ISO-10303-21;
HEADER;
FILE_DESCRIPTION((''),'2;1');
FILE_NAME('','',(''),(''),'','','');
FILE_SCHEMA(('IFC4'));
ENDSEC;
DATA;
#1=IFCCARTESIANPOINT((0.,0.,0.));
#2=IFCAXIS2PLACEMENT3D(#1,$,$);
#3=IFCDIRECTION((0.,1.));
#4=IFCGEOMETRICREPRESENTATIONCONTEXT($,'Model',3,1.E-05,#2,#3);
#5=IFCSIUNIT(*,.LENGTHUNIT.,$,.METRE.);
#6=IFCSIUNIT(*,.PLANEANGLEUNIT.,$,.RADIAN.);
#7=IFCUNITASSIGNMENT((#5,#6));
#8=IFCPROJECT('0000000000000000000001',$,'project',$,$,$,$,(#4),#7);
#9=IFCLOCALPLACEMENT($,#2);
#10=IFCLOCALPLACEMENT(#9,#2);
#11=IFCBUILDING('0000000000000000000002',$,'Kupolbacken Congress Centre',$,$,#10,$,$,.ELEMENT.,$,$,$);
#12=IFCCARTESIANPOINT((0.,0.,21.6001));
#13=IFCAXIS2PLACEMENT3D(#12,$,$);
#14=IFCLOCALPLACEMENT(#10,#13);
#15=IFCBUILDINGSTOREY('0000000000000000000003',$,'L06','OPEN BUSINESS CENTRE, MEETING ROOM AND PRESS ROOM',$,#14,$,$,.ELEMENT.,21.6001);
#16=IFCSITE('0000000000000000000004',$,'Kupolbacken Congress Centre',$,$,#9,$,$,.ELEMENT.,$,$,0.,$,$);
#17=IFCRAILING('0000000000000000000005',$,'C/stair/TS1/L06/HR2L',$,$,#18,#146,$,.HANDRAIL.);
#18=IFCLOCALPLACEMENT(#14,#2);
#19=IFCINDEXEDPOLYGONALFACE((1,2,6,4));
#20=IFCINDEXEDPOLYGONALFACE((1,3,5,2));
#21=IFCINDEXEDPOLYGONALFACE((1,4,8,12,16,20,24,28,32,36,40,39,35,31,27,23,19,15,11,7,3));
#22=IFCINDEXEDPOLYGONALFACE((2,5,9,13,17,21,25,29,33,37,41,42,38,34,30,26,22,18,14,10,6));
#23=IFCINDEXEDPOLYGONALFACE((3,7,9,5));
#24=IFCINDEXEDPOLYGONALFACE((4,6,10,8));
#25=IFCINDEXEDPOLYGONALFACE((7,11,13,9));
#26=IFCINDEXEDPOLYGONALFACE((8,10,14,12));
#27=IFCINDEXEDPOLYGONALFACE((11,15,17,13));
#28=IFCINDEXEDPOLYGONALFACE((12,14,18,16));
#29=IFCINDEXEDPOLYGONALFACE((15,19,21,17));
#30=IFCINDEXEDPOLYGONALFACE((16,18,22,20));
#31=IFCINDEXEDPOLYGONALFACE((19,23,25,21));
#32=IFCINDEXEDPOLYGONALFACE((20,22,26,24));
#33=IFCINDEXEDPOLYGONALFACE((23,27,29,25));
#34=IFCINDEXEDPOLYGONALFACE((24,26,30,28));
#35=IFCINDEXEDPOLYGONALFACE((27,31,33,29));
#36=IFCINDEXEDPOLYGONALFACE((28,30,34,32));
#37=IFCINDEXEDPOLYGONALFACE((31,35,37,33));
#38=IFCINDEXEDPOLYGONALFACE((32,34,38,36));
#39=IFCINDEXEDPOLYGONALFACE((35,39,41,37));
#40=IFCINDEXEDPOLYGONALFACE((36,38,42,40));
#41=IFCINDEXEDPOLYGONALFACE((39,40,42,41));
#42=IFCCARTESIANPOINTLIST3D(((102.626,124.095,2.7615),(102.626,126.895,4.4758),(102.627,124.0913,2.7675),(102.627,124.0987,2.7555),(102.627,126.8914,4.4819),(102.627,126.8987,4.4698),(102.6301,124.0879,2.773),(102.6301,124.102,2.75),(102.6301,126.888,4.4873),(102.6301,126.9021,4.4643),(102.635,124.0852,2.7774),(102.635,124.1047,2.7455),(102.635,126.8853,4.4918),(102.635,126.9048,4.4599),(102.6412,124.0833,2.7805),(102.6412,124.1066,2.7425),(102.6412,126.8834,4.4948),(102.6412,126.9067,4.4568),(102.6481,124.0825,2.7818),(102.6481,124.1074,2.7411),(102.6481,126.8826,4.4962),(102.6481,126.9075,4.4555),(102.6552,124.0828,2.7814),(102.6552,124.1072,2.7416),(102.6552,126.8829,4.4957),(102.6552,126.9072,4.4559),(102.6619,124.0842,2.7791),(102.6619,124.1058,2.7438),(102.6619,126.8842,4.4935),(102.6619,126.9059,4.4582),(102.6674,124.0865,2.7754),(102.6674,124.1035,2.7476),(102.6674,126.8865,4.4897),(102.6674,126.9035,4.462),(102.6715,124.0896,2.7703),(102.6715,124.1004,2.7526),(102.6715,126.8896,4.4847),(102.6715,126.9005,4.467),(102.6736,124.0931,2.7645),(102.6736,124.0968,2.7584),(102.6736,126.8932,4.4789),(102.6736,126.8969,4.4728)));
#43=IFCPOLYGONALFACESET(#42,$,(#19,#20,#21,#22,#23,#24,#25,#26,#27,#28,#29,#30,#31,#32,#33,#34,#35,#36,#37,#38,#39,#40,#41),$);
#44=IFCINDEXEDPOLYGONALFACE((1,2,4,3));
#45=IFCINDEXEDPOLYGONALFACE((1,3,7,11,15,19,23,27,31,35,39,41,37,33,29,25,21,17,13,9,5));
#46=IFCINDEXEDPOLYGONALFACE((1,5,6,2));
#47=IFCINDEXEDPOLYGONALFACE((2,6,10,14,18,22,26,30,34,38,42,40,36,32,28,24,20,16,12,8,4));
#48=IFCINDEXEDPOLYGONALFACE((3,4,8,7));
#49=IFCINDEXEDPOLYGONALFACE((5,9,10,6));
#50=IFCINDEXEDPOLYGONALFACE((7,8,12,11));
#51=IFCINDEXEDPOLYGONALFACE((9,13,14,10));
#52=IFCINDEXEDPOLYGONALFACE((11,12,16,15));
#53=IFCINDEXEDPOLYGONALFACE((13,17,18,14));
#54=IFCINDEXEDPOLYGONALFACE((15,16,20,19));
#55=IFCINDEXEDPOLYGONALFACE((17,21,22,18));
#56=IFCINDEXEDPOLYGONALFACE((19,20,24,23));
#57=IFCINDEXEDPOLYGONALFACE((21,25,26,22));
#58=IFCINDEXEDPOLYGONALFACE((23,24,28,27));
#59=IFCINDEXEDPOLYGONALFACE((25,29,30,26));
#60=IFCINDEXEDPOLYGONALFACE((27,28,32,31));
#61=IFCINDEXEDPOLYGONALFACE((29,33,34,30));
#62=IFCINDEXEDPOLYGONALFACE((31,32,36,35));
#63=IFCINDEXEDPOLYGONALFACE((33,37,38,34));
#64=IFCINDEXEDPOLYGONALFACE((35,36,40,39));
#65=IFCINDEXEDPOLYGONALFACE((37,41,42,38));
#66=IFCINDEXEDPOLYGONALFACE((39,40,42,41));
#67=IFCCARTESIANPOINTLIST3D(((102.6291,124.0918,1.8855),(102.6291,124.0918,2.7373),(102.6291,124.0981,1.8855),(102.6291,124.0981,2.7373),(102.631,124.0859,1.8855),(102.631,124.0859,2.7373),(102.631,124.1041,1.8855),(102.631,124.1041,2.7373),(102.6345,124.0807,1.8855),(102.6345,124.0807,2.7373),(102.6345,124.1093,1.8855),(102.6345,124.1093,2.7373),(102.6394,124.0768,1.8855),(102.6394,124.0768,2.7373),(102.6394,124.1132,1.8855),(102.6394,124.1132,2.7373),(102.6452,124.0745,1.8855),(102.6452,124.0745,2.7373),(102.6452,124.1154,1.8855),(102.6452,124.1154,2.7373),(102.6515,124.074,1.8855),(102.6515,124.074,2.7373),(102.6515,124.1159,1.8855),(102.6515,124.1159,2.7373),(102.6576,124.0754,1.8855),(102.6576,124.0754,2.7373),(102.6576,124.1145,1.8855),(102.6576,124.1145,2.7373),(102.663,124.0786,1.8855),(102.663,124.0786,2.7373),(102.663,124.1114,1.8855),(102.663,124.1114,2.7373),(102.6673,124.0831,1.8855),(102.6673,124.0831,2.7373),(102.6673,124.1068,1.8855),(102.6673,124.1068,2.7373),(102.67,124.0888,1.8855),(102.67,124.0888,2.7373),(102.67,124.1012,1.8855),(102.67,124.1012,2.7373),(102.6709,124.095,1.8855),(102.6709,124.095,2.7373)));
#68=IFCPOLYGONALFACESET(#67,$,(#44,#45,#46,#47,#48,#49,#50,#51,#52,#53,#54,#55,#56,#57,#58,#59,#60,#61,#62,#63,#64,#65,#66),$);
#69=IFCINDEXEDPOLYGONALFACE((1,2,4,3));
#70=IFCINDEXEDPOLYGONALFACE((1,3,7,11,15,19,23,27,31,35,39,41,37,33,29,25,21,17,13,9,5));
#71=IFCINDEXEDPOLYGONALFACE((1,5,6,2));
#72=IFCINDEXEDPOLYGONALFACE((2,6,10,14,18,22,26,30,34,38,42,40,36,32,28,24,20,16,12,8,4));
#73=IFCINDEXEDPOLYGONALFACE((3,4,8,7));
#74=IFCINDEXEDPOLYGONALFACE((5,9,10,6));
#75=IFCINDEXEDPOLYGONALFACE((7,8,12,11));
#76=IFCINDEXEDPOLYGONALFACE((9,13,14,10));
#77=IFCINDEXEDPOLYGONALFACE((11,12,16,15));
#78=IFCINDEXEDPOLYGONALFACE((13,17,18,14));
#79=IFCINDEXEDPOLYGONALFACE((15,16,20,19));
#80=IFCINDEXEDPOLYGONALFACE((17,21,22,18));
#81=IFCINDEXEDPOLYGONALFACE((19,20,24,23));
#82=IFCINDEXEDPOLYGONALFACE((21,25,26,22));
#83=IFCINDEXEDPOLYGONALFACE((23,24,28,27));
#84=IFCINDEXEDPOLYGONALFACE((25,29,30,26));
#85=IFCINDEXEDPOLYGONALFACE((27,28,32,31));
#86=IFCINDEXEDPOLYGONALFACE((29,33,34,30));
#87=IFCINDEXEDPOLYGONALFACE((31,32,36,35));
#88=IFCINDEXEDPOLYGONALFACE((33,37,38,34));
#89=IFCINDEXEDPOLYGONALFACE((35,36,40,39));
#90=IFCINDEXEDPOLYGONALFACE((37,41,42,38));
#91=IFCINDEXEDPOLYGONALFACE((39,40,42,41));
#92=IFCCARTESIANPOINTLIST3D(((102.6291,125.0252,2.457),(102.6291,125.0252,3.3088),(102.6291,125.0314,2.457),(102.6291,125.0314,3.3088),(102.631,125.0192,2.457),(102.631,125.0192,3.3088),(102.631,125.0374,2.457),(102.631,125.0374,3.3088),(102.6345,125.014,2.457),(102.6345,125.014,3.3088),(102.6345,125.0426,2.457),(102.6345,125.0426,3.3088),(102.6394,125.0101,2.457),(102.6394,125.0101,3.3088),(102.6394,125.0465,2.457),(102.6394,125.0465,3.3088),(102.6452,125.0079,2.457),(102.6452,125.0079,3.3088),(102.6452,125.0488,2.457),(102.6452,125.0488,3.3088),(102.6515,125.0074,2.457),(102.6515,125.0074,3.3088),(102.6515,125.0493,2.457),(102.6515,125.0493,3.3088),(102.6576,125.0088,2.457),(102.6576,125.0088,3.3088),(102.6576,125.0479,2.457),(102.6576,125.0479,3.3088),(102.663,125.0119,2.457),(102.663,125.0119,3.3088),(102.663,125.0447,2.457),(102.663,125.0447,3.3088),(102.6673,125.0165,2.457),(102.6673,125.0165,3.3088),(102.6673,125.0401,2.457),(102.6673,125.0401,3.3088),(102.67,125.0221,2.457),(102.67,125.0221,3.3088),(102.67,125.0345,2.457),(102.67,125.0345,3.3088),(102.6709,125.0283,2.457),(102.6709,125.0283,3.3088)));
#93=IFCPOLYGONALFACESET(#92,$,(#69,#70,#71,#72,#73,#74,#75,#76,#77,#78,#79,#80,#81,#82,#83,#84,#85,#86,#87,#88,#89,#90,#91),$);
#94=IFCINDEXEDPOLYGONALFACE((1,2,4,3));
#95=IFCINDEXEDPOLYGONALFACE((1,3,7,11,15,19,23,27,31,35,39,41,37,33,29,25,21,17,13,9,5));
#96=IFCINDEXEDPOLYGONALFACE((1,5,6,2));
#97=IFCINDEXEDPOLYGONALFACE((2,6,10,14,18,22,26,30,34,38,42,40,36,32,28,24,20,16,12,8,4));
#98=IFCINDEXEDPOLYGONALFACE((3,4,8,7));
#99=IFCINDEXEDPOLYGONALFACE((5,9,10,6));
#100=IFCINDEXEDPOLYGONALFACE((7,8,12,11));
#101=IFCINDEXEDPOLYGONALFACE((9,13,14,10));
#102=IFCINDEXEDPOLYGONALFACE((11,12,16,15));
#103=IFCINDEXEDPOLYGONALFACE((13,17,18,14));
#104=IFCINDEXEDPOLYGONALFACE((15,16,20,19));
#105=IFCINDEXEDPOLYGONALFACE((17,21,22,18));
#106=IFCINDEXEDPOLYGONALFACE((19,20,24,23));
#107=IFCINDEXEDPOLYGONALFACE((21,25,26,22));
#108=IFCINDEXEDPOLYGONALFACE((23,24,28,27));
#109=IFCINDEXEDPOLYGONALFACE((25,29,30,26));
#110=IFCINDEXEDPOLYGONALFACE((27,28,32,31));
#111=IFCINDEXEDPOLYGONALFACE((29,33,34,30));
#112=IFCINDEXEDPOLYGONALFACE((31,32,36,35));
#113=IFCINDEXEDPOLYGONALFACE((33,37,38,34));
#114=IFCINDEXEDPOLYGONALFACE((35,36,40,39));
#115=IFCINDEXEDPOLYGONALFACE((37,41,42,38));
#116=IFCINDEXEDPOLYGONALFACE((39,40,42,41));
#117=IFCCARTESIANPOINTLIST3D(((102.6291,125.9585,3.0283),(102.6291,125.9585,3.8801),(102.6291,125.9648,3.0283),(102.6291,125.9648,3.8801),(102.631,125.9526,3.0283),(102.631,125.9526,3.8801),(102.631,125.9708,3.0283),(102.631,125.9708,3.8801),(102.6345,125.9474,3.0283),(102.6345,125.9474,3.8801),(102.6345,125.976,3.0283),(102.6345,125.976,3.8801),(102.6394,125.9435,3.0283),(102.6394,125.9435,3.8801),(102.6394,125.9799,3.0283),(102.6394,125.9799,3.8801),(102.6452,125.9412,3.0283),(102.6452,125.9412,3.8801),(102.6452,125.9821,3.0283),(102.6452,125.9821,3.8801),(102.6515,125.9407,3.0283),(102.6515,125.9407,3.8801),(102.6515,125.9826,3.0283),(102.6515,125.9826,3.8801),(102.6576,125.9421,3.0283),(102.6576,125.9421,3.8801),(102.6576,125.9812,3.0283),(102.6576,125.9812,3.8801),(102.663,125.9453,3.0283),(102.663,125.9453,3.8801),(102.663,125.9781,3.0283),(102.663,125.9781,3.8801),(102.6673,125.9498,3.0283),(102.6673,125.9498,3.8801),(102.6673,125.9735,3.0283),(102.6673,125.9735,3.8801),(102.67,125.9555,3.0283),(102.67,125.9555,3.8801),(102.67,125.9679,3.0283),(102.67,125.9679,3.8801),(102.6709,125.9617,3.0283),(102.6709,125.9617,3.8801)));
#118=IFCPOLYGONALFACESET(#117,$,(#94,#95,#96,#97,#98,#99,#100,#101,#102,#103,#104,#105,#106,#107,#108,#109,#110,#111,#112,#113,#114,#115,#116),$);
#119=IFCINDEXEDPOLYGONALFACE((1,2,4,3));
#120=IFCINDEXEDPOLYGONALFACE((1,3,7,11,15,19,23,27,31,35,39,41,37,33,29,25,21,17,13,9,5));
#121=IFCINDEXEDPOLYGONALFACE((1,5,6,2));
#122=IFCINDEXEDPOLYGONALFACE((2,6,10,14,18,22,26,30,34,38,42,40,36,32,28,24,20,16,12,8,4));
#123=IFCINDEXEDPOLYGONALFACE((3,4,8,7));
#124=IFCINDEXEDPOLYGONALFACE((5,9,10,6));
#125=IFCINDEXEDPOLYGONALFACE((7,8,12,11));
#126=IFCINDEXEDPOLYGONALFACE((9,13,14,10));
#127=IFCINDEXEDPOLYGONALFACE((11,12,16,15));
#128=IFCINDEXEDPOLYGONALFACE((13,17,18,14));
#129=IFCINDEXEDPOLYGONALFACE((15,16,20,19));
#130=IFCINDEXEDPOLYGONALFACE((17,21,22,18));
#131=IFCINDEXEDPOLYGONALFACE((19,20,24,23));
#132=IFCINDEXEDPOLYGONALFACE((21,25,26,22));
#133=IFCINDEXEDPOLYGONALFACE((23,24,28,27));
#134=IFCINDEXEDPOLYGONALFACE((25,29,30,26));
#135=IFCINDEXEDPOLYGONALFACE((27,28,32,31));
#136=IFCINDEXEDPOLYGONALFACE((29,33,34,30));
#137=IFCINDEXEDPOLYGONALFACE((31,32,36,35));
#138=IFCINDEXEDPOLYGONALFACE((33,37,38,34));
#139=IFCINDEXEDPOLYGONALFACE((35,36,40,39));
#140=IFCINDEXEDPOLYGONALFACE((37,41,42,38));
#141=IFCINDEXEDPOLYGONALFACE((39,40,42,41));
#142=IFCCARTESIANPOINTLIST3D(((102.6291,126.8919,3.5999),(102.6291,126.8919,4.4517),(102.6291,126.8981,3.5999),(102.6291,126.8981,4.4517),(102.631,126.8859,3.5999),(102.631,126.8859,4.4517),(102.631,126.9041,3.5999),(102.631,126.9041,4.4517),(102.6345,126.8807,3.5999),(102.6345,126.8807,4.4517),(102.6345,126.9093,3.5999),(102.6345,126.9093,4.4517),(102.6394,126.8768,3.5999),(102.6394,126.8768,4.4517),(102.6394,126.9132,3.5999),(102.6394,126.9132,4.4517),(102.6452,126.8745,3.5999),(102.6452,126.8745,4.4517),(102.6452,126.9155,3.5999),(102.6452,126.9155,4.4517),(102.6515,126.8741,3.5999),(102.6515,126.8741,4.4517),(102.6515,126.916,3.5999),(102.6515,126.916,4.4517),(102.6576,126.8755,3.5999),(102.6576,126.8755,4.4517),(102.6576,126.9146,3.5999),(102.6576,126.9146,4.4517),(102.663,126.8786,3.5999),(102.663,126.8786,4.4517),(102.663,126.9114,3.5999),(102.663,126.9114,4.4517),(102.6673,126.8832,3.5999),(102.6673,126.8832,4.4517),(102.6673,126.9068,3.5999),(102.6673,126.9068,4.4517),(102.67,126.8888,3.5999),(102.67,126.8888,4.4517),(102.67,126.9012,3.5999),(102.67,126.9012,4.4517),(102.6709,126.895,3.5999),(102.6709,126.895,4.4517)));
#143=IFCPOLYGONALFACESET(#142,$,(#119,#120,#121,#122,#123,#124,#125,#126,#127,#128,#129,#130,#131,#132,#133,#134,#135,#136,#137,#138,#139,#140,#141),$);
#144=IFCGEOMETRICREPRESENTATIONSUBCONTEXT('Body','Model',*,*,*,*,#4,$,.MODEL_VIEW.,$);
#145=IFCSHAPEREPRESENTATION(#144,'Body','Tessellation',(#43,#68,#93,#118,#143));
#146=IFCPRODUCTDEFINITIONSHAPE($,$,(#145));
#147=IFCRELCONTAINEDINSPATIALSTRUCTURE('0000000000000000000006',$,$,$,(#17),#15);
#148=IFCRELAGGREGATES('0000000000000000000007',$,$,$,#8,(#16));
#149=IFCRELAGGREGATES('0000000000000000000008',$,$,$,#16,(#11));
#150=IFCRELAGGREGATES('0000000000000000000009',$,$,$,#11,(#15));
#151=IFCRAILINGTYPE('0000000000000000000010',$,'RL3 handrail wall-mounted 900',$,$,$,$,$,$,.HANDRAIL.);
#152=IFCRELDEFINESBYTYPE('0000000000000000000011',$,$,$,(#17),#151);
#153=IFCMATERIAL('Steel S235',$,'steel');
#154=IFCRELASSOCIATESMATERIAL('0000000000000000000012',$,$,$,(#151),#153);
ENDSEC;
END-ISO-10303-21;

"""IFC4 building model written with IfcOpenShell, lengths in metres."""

from ifc_helpers import new_model, si_unit, direction, frame, origin, origin_2d, place, context, subcontext, project, spatial, circle, extrude, material, type_object, element, save


model = new_model("IFC4")

# Units and contexts
model_context = context("Model", 3, precision=1e-05, world=origin(), true_north=direction((0.0, 1.0)))
body_context = subcontext(model_context, "Body", "Model", "MODEL_VIEW")
ifc_project = project(units=[si_unit("LENGTHUNIT", "METRE"), si_unit("PLANEANGLEUNIT", "RADIAN")], contexts=[model_context])

# Site, building, storey
site_placement = place(None, origin())
site = spatial("IfcSite", under=ifc_project, at=site_placement, Name="Kupolbacken Congress Centre", CompositionType="ELEMENT", RefElevation=0.0)
building_placement = place(site_placement, origin())
building = spatial("IfcBuilding", under=site, at=building_placement, Name="Kupolbacken Congress Centre", CompositionType="ELEMENT")
storey_placement = place(building_placement, frame((0.0, 0.0, 21.6001)))
storey = spatial("IfcBuildingStorey", under=building, at=storey_placement, Name="L06", Description="OPEN BUSINESS CENTRE, MEETING ROOM AND PRESS ROOM", CompositionType="ELEMENT", Elevation=21.6001)

# Railing
ifc_material_1 = material(Name="Steel S235", Category="steel")
railing_type = type_object("IfcRailingType", Name="RL3 handrail wall-mounted 900", PredefinedType="HANDRAIL", material=ifc_material_1)
for number, where, name in (
    (1, (102.6499, 124.095, 1.8855), "C/stair/TS1/L06/HR2L"),
):
    element("IfcRailing", number, at=place(storey_placement, frame(where)), inside=storey, type_object=railing_type, Name=name, PredefinedType="HANDRAIL", context=body_context, shape_type="SweptSolid", body=[
        extrude(circle(Radius=0.0239, at=origin_2d()), frame((0.0, 0.0, 0.876), z_axis=(0.0, 0.852846, 0.522163), x_axis=(-1.0, 0.0, 0.0)), (0.0, 0.0, 1.0), 3.2832),
        extrude(circle(Radius=0.021, at=origin_2d()), origin(), (0.0, 0.0, 1.0), 0.8518),
        extrude(circle(Radius=0.021, at=origin_2d()), frame((0.0, 0.9333, 0.5715)), (0.0, 0.0, 1.0), 0.8518),
        extrude(circle(Radius=0.021, at=origin_2d()), frame((0.0, 1.8667, 1.1428)), (0.0, 0.0, 1.0), 0.8518),
        extrude(circle(Radius=0.021, at=origin_2d()), frame((0.0, 2.8, 1.7144)), (0.0, 0.0, 1.0), 0.8518),
    ])

save(model, "model.ifc")
